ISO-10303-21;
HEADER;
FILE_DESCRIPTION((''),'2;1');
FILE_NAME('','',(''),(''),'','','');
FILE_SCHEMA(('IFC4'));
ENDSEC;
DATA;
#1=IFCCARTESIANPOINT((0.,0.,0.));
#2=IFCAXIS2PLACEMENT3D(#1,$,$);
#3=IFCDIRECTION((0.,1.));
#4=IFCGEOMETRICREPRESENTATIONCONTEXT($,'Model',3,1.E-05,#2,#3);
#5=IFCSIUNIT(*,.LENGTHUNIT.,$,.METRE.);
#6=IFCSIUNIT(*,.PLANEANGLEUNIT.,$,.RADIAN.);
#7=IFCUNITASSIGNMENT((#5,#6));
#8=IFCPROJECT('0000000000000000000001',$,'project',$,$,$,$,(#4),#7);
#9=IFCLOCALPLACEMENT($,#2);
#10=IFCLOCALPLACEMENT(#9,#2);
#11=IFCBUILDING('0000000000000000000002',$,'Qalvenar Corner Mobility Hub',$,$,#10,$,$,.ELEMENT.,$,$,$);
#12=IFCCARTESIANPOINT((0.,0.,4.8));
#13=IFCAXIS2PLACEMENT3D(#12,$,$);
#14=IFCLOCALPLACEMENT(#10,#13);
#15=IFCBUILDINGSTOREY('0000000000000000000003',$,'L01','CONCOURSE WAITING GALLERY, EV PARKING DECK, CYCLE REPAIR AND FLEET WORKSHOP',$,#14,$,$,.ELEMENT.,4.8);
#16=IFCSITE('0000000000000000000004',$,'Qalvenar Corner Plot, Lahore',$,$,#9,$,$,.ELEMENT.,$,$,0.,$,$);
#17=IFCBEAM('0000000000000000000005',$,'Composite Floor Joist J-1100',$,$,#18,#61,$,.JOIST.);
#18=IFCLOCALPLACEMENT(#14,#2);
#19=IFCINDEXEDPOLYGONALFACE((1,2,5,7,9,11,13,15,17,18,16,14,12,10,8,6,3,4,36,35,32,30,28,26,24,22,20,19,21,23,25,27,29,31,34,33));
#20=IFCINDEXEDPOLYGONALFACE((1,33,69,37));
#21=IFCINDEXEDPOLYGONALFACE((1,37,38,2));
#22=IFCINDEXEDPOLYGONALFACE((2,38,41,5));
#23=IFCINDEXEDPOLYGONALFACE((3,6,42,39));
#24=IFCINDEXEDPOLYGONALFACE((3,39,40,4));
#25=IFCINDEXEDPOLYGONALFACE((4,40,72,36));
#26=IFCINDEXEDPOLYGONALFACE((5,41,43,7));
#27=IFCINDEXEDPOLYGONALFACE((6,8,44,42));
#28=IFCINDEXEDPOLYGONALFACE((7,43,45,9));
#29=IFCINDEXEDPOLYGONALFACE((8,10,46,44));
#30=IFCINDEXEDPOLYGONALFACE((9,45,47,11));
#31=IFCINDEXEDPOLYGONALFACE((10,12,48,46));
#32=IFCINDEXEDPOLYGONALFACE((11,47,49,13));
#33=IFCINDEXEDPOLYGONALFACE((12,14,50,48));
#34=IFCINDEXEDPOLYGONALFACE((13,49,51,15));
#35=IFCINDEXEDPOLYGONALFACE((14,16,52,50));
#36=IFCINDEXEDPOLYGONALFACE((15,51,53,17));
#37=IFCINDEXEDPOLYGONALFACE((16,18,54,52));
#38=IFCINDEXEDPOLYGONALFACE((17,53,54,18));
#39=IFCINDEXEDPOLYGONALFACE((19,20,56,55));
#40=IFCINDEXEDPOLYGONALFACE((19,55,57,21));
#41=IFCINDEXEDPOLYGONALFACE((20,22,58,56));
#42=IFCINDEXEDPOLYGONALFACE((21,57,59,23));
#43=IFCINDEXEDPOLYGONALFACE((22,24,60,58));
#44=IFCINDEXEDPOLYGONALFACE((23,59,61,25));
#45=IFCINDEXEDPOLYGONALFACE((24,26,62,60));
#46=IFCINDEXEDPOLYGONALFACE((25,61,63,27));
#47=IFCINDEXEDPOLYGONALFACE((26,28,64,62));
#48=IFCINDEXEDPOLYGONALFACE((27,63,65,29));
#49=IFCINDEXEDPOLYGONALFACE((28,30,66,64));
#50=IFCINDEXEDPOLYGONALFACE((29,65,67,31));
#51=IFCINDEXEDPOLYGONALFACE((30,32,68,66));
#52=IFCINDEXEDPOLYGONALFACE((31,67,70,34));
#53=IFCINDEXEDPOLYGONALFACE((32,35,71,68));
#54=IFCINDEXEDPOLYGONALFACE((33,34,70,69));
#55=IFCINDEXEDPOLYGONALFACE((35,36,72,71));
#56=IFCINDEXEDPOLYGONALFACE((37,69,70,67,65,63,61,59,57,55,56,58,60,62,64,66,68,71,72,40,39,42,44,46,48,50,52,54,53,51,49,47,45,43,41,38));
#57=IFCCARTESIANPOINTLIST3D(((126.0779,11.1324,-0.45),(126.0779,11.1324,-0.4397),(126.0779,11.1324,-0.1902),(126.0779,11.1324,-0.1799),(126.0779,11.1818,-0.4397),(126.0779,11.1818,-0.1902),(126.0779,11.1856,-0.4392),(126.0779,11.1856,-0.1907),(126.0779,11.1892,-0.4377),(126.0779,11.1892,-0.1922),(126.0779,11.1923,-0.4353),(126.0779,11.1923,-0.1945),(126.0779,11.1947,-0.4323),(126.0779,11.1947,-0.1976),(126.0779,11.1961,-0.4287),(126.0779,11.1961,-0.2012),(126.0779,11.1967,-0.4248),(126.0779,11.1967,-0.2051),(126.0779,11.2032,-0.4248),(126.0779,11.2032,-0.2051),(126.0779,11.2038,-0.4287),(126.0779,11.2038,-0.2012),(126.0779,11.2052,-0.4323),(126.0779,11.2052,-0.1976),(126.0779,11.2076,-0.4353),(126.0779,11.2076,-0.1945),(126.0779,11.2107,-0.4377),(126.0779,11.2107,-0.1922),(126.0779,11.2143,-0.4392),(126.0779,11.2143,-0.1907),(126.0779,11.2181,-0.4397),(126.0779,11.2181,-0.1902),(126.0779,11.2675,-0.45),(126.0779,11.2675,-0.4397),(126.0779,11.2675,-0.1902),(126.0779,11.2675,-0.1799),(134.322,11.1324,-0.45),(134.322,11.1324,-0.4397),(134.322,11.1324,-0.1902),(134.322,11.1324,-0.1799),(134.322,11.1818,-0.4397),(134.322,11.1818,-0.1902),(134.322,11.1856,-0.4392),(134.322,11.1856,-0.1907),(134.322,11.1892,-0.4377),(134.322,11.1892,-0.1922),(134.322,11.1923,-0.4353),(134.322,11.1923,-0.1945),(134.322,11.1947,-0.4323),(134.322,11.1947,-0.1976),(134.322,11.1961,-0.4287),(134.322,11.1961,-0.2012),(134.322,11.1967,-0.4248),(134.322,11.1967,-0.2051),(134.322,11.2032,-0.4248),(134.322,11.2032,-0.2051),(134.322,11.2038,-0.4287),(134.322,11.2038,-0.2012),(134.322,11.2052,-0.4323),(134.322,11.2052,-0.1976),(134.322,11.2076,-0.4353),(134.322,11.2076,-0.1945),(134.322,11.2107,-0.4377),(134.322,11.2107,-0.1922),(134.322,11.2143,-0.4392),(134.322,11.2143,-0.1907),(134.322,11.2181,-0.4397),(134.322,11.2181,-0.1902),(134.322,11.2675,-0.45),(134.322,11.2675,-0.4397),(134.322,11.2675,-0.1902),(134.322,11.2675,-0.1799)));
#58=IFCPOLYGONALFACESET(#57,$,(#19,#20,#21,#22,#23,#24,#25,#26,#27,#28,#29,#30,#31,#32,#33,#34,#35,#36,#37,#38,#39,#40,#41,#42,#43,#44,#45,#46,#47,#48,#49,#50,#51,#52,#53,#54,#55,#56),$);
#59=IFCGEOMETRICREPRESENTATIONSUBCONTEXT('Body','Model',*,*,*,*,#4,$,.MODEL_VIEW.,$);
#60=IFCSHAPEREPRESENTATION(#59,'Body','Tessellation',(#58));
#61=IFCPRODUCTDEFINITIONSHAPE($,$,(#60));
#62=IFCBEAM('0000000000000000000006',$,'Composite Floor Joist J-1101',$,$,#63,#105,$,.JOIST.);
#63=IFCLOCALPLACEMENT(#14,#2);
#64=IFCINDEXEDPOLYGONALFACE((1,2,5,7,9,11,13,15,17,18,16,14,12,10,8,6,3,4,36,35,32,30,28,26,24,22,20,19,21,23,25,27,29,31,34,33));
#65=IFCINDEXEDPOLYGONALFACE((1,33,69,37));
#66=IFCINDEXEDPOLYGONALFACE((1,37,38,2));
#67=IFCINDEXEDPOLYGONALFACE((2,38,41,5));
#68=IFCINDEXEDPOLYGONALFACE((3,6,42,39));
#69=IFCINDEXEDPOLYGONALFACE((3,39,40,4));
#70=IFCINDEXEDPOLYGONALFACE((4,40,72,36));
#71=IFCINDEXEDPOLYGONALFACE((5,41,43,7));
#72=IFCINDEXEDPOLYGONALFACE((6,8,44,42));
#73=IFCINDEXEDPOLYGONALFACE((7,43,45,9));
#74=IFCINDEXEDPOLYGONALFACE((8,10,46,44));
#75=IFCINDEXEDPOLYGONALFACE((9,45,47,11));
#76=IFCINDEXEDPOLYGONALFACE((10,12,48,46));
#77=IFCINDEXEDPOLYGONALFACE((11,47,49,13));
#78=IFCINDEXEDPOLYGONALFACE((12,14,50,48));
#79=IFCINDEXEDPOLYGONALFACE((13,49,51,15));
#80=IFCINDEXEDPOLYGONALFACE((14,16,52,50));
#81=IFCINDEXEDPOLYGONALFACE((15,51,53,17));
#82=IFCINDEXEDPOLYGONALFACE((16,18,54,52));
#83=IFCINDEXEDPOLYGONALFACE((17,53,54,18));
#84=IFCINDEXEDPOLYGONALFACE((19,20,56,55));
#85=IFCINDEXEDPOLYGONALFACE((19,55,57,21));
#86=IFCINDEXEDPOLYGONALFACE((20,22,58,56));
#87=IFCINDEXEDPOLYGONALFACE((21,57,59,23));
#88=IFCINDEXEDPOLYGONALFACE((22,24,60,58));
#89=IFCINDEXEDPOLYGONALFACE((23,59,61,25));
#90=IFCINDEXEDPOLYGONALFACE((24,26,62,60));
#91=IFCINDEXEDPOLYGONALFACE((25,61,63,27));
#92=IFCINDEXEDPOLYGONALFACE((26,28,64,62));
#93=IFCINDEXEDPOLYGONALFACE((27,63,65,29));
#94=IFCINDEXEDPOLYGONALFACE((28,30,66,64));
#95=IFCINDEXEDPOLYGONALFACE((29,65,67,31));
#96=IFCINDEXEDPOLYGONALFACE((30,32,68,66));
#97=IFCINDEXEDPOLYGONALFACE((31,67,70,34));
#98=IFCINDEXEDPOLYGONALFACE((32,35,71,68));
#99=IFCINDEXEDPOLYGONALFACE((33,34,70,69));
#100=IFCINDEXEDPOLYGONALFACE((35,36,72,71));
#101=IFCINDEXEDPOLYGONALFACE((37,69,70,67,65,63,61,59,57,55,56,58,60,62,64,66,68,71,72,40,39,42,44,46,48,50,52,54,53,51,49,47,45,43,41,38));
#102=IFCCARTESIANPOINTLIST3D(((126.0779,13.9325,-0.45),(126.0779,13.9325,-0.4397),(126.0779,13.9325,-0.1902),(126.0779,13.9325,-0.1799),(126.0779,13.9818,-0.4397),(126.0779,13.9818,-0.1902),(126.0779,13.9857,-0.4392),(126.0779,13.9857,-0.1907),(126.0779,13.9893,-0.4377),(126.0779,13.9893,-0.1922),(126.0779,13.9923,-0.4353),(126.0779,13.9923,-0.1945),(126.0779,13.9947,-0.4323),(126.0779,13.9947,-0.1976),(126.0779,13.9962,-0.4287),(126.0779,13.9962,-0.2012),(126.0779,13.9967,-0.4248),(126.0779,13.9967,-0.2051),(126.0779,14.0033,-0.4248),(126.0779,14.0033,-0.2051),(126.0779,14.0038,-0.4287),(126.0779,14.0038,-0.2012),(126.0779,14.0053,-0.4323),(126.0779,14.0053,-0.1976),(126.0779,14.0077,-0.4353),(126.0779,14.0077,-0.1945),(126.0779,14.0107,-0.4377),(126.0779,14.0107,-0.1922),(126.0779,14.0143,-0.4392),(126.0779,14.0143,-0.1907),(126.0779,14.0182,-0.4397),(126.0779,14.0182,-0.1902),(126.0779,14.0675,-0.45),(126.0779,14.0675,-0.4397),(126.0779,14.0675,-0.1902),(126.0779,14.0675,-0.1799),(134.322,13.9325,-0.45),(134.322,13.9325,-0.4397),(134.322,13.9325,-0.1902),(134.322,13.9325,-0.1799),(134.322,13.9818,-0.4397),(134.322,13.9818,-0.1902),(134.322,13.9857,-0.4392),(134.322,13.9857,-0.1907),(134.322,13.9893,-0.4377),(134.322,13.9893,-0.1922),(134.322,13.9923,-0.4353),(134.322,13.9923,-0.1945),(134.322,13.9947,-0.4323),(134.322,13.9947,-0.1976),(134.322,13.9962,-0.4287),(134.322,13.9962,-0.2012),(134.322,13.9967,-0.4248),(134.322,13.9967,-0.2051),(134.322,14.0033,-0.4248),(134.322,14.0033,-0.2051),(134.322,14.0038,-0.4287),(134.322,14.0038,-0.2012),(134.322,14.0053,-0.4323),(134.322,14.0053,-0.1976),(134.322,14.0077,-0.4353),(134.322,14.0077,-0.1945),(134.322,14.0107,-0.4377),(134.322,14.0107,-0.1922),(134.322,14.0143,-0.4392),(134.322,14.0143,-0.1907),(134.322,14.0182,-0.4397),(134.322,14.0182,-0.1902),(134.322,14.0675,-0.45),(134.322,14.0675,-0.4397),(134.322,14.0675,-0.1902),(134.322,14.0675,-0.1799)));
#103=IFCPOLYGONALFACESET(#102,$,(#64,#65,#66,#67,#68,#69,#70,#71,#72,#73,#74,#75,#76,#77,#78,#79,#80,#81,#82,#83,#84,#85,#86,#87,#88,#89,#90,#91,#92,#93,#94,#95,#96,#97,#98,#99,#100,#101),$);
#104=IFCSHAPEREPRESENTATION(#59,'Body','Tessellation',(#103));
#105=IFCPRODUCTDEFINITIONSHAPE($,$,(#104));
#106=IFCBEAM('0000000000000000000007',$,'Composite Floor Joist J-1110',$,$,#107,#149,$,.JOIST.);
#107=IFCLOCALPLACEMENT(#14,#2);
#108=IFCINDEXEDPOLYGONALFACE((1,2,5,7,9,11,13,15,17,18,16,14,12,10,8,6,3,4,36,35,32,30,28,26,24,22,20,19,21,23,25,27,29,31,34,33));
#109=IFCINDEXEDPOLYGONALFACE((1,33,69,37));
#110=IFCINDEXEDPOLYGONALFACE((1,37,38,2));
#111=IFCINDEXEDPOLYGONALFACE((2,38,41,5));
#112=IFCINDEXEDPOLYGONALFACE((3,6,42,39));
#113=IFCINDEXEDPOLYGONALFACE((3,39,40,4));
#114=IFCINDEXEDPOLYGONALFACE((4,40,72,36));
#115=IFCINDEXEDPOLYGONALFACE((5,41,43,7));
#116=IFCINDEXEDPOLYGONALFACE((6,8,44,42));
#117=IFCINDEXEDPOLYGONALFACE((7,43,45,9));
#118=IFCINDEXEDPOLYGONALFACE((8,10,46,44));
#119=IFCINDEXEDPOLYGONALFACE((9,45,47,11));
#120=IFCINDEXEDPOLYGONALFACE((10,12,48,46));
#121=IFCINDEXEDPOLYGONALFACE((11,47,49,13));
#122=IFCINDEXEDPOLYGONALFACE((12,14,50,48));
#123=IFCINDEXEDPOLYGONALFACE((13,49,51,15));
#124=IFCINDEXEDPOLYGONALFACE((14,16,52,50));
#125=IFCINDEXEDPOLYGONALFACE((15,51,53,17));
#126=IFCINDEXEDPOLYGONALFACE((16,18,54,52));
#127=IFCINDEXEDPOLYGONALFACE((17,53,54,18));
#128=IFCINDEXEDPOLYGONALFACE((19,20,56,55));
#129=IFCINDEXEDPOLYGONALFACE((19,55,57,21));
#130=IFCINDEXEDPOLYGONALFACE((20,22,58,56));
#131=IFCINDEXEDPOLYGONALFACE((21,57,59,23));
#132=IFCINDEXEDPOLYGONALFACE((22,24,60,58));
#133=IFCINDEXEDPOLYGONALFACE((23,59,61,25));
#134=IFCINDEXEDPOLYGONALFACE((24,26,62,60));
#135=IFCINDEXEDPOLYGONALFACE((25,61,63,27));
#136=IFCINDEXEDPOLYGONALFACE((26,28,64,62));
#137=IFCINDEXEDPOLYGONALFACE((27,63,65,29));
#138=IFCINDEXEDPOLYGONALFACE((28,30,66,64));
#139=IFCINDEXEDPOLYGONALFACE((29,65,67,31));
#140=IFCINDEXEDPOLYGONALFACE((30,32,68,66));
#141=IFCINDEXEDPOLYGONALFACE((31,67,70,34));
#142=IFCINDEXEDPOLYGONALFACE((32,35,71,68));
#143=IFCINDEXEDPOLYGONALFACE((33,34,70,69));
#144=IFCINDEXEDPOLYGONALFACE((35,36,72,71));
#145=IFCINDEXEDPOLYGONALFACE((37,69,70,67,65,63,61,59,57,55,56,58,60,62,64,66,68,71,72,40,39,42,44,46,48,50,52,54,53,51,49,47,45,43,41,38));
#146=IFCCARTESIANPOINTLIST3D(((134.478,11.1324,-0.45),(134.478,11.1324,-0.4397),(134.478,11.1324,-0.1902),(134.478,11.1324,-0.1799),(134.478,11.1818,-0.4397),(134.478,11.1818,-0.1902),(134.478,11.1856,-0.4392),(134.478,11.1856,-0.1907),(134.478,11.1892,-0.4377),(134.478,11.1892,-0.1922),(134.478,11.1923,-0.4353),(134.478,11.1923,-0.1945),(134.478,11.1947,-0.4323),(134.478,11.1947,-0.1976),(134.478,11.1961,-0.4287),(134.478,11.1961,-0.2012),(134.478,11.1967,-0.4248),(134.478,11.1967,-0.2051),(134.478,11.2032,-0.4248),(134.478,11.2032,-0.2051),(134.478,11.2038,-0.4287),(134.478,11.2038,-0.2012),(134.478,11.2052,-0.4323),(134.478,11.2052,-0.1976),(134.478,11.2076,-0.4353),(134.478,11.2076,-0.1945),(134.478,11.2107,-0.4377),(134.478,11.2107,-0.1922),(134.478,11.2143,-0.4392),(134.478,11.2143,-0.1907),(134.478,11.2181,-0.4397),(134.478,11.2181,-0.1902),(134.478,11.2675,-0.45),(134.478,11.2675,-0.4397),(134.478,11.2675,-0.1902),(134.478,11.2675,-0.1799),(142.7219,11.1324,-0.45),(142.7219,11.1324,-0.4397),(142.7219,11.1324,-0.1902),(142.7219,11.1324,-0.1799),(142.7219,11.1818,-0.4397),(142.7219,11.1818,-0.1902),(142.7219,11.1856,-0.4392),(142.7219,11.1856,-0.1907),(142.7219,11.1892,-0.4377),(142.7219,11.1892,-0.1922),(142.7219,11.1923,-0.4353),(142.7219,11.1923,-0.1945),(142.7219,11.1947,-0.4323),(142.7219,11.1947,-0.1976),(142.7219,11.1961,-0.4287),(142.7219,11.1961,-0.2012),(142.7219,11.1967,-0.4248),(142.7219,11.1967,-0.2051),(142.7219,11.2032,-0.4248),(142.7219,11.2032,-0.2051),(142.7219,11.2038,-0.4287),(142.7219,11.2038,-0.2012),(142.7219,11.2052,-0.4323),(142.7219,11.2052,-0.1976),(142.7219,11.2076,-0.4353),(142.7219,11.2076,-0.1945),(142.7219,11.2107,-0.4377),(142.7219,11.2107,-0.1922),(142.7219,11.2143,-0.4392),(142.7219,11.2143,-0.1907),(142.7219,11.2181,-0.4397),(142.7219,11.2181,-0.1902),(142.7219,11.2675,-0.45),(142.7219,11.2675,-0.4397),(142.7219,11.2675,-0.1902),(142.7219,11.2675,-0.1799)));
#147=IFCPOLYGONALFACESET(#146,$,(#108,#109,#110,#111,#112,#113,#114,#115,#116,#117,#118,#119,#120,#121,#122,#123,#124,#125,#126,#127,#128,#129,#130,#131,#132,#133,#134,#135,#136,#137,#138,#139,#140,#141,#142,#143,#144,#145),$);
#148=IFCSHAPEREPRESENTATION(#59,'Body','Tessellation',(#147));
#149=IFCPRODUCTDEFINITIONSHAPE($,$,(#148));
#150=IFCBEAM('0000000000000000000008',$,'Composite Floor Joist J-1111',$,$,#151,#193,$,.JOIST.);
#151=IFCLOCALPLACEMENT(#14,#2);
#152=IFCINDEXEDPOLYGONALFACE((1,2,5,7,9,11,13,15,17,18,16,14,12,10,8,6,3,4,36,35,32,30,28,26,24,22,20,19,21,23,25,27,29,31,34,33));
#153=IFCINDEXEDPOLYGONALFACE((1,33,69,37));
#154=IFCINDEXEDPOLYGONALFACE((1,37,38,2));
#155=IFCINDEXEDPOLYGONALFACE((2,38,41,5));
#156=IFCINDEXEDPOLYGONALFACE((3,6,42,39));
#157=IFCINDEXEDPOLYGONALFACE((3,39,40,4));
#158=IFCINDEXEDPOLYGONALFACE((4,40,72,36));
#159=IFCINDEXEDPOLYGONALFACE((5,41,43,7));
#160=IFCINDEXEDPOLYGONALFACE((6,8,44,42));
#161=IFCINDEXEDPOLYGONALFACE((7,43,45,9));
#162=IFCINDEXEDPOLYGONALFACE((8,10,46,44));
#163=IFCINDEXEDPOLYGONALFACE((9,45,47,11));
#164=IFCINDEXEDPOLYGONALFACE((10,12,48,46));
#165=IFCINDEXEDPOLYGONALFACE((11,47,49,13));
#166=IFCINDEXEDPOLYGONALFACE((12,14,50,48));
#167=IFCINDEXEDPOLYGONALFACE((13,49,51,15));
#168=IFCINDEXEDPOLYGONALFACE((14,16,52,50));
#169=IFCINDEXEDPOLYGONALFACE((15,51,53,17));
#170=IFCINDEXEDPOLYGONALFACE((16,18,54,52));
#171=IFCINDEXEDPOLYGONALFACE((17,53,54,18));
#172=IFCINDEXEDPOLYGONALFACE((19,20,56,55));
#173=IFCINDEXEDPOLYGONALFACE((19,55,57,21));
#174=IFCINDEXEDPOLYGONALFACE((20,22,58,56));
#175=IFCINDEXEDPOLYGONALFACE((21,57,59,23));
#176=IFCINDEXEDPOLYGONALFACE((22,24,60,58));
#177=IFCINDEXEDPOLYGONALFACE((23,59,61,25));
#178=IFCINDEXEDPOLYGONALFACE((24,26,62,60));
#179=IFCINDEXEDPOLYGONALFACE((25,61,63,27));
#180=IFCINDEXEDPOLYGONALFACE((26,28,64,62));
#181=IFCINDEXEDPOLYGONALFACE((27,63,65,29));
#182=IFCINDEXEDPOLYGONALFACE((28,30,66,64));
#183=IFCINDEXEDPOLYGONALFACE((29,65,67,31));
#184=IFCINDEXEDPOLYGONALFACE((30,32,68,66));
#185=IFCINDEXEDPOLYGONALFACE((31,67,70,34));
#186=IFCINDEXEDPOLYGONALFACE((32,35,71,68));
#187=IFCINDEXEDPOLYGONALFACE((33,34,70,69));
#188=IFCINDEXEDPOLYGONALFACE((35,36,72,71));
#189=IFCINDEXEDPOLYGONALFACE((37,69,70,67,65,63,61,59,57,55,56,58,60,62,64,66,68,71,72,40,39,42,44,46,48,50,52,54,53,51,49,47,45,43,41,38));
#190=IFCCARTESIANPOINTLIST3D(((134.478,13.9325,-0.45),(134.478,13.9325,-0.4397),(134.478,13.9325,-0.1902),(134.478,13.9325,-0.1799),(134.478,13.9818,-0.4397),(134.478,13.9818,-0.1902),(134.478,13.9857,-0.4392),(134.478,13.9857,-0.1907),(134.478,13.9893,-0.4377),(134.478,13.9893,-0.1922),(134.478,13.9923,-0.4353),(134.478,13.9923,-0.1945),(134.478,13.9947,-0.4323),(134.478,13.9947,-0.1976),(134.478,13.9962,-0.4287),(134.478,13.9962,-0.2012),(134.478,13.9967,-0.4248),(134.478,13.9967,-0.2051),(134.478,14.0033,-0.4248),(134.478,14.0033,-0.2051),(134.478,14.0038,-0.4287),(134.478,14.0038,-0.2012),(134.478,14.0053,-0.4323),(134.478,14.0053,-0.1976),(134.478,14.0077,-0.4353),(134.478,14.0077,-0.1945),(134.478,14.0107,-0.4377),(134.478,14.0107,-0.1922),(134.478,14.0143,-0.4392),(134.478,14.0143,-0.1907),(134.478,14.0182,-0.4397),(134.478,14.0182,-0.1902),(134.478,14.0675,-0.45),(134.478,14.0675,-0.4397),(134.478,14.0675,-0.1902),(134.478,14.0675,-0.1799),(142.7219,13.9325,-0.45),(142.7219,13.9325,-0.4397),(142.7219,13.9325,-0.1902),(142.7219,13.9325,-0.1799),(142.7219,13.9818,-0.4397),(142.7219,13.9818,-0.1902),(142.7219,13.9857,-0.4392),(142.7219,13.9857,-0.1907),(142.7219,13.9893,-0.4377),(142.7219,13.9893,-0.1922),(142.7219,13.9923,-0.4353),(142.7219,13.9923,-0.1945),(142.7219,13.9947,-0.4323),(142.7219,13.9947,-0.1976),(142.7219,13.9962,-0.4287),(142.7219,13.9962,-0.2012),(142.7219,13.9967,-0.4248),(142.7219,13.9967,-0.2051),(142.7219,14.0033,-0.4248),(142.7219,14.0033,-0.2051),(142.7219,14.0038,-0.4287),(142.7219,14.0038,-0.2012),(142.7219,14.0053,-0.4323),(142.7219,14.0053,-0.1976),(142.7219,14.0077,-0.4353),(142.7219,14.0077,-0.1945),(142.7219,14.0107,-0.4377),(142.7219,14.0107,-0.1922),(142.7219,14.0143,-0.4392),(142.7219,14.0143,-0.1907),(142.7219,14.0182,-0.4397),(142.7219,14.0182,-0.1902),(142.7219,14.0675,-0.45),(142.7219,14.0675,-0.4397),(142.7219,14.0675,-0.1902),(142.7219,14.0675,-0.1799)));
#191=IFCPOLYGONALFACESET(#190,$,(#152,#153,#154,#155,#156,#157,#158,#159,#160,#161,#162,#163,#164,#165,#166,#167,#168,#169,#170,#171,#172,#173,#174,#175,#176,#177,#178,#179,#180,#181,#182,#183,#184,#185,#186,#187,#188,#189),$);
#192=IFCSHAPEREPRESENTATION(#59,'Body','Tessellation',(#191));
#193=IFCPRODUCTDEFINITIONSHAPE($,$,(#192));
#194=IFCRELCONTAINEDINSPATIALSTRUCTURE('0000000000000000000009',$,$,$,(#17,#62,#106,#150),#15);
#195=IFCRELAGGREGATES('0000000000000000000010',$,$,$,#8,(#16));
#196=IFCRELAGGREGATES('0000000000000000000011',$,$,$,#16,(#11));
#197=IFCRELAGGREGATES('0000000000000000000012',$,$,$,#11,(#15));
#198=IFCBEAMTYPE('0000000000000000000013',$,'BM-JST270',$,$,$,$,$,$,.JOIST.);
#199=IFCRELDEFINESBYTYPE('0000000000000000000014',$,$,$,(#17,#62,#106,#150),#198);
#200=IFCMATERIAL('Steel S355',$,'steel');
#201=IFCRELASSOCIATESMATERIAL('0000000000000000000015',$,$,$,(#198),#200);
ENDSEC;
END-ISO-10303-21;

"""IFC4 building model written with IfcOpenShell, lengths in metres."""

from ifc_helpers import new_model, si_unit, direction, frame, origin, origin_2d, place, context, subcontext, project, spatial, i_section, extrude, material, material_profile, profile_set, type_object, element, save


model = new_model("IFC4")

# Units and contexts
model_context = context("Model", 3, precision=1e-05, world=origin(), true_north=direction((0.0, 1.0)))
body_context = subcontext(model_context, "Body", "Model", "MODEL_VIEW")
ifc_project = project(units=[si_unit("LENGTHUNIT", "METRE"), si_unit("PLANEANGLEUNIT", "RADIAN")], contexts=[model_context])

# Site, building, storey
site_placement = place(None, origin())
site = spatial("IfcSite", under=ifc_project, at=site_placement, Name="Qalvenar Corner Plot, Lahore", CompositionType="ELEMENT", RefElevation=0.0)
building_placement = place(site_placement, origin())
building = spatial("IfcBuilding", under=site, at=building_placement, Name="Qalvenar Corner Mobility Hub", CompositionType="ELEMENT")
storey_placement = place(building_placement, frame((0.0, 0.0, 4.8)))
storey = spatial("IfcBuildingStorey", under=building, at=storey_placement, Name="L01", Description="CONCOURSE WAITING GALLERY, EV PARKING DECK, CYCLE REPAIR AND FLEET WORKSHOP", CompositionType="ELEMENT", Elevation=4.8)

# Shared definitions
ifc_material_1 = material(Name="Steel S355", Category="steel")

# Beams
ifc_material_profile_1 = material_profile(ifc_material_1, i_section(OverallWidth=0.135, OverallDepth=0.27, WebThickness=0.0066, FlangeThickness=0.0103, FilletRadius=0.0149, at=origin_2d()), Name="IPE270")
ifc_profile_set_1 = profile_set([ifc_material_profile_1], Name="Steel S355")
beam_type_1 = type_object("IfcBeamType", Name="BM-JST270", PredefinedType="JOIST", material=ifc_profile_set_1)
for number, where, z_axis, x_axis, name in (
    (1, (126.0779, 11.2, -0.3149), (1.0, 0.0, 0.0), (0.0, 1.0, 0.0), "Composite Floor Joist J-1100"),
    (2, (126.0779, 14.0, -0.3149), (1.0, 0.0, 0.0), (0.0, 1.0, 0.0), "Composite Floor Joist J-1101"),
):
    element("IfcBeam", number, at=place(storey_placement, frame(where, z_axis=z_axis, x_axis=x_axis)), inside=storey, type_object=beam_type_1, Name=name, PredefinedType="JOIST", context=body_context, shape_type="SweptSolid", body=[
        extrude(i_section(OverallWidth=0.135, OverallDepth=0.27, WebThickness=0.0066, FlangeThickness=0.0103, FilletRadius=0.0149, at=origin_2d()), origin(), (0.0, 0.0, 1.0), 8.2441),
    ])
for number, where, z_axis, x_axis, name in (
    (3, (134.478, 11.2, -0.3149), (1.0, 0.0, 0.0), (0.0, 1.0, 0.0), "Composite Floor Joist J-1110"),
    (4, (134.478, 14.0, -0.3149), (1.0, 0.0, 0.0), (0.0, 1.0, 0.0), "Composite Floor Joist J-1111"),
):
    element("IfcBeam", number, at=place(storey_placement, frame(where, z_axis=z_axis, x_axis=x_axis)), inside=storey, type_object=beam_type_1, Name=name, PredefinedType="JOIST", context=body_context, shape_type="SweptSolid", body=[
        extrude(i_section(OverallWidth=0.135, OverallDepth=0.27, WebThickness=0.0066, FlangeThickness=0.0103, FilletRadius=0.0149, at=origin_2d()), origin(), (0.0, 0.0, 1.0), 8.2439),
    ])

save(model, "model.ifc")
